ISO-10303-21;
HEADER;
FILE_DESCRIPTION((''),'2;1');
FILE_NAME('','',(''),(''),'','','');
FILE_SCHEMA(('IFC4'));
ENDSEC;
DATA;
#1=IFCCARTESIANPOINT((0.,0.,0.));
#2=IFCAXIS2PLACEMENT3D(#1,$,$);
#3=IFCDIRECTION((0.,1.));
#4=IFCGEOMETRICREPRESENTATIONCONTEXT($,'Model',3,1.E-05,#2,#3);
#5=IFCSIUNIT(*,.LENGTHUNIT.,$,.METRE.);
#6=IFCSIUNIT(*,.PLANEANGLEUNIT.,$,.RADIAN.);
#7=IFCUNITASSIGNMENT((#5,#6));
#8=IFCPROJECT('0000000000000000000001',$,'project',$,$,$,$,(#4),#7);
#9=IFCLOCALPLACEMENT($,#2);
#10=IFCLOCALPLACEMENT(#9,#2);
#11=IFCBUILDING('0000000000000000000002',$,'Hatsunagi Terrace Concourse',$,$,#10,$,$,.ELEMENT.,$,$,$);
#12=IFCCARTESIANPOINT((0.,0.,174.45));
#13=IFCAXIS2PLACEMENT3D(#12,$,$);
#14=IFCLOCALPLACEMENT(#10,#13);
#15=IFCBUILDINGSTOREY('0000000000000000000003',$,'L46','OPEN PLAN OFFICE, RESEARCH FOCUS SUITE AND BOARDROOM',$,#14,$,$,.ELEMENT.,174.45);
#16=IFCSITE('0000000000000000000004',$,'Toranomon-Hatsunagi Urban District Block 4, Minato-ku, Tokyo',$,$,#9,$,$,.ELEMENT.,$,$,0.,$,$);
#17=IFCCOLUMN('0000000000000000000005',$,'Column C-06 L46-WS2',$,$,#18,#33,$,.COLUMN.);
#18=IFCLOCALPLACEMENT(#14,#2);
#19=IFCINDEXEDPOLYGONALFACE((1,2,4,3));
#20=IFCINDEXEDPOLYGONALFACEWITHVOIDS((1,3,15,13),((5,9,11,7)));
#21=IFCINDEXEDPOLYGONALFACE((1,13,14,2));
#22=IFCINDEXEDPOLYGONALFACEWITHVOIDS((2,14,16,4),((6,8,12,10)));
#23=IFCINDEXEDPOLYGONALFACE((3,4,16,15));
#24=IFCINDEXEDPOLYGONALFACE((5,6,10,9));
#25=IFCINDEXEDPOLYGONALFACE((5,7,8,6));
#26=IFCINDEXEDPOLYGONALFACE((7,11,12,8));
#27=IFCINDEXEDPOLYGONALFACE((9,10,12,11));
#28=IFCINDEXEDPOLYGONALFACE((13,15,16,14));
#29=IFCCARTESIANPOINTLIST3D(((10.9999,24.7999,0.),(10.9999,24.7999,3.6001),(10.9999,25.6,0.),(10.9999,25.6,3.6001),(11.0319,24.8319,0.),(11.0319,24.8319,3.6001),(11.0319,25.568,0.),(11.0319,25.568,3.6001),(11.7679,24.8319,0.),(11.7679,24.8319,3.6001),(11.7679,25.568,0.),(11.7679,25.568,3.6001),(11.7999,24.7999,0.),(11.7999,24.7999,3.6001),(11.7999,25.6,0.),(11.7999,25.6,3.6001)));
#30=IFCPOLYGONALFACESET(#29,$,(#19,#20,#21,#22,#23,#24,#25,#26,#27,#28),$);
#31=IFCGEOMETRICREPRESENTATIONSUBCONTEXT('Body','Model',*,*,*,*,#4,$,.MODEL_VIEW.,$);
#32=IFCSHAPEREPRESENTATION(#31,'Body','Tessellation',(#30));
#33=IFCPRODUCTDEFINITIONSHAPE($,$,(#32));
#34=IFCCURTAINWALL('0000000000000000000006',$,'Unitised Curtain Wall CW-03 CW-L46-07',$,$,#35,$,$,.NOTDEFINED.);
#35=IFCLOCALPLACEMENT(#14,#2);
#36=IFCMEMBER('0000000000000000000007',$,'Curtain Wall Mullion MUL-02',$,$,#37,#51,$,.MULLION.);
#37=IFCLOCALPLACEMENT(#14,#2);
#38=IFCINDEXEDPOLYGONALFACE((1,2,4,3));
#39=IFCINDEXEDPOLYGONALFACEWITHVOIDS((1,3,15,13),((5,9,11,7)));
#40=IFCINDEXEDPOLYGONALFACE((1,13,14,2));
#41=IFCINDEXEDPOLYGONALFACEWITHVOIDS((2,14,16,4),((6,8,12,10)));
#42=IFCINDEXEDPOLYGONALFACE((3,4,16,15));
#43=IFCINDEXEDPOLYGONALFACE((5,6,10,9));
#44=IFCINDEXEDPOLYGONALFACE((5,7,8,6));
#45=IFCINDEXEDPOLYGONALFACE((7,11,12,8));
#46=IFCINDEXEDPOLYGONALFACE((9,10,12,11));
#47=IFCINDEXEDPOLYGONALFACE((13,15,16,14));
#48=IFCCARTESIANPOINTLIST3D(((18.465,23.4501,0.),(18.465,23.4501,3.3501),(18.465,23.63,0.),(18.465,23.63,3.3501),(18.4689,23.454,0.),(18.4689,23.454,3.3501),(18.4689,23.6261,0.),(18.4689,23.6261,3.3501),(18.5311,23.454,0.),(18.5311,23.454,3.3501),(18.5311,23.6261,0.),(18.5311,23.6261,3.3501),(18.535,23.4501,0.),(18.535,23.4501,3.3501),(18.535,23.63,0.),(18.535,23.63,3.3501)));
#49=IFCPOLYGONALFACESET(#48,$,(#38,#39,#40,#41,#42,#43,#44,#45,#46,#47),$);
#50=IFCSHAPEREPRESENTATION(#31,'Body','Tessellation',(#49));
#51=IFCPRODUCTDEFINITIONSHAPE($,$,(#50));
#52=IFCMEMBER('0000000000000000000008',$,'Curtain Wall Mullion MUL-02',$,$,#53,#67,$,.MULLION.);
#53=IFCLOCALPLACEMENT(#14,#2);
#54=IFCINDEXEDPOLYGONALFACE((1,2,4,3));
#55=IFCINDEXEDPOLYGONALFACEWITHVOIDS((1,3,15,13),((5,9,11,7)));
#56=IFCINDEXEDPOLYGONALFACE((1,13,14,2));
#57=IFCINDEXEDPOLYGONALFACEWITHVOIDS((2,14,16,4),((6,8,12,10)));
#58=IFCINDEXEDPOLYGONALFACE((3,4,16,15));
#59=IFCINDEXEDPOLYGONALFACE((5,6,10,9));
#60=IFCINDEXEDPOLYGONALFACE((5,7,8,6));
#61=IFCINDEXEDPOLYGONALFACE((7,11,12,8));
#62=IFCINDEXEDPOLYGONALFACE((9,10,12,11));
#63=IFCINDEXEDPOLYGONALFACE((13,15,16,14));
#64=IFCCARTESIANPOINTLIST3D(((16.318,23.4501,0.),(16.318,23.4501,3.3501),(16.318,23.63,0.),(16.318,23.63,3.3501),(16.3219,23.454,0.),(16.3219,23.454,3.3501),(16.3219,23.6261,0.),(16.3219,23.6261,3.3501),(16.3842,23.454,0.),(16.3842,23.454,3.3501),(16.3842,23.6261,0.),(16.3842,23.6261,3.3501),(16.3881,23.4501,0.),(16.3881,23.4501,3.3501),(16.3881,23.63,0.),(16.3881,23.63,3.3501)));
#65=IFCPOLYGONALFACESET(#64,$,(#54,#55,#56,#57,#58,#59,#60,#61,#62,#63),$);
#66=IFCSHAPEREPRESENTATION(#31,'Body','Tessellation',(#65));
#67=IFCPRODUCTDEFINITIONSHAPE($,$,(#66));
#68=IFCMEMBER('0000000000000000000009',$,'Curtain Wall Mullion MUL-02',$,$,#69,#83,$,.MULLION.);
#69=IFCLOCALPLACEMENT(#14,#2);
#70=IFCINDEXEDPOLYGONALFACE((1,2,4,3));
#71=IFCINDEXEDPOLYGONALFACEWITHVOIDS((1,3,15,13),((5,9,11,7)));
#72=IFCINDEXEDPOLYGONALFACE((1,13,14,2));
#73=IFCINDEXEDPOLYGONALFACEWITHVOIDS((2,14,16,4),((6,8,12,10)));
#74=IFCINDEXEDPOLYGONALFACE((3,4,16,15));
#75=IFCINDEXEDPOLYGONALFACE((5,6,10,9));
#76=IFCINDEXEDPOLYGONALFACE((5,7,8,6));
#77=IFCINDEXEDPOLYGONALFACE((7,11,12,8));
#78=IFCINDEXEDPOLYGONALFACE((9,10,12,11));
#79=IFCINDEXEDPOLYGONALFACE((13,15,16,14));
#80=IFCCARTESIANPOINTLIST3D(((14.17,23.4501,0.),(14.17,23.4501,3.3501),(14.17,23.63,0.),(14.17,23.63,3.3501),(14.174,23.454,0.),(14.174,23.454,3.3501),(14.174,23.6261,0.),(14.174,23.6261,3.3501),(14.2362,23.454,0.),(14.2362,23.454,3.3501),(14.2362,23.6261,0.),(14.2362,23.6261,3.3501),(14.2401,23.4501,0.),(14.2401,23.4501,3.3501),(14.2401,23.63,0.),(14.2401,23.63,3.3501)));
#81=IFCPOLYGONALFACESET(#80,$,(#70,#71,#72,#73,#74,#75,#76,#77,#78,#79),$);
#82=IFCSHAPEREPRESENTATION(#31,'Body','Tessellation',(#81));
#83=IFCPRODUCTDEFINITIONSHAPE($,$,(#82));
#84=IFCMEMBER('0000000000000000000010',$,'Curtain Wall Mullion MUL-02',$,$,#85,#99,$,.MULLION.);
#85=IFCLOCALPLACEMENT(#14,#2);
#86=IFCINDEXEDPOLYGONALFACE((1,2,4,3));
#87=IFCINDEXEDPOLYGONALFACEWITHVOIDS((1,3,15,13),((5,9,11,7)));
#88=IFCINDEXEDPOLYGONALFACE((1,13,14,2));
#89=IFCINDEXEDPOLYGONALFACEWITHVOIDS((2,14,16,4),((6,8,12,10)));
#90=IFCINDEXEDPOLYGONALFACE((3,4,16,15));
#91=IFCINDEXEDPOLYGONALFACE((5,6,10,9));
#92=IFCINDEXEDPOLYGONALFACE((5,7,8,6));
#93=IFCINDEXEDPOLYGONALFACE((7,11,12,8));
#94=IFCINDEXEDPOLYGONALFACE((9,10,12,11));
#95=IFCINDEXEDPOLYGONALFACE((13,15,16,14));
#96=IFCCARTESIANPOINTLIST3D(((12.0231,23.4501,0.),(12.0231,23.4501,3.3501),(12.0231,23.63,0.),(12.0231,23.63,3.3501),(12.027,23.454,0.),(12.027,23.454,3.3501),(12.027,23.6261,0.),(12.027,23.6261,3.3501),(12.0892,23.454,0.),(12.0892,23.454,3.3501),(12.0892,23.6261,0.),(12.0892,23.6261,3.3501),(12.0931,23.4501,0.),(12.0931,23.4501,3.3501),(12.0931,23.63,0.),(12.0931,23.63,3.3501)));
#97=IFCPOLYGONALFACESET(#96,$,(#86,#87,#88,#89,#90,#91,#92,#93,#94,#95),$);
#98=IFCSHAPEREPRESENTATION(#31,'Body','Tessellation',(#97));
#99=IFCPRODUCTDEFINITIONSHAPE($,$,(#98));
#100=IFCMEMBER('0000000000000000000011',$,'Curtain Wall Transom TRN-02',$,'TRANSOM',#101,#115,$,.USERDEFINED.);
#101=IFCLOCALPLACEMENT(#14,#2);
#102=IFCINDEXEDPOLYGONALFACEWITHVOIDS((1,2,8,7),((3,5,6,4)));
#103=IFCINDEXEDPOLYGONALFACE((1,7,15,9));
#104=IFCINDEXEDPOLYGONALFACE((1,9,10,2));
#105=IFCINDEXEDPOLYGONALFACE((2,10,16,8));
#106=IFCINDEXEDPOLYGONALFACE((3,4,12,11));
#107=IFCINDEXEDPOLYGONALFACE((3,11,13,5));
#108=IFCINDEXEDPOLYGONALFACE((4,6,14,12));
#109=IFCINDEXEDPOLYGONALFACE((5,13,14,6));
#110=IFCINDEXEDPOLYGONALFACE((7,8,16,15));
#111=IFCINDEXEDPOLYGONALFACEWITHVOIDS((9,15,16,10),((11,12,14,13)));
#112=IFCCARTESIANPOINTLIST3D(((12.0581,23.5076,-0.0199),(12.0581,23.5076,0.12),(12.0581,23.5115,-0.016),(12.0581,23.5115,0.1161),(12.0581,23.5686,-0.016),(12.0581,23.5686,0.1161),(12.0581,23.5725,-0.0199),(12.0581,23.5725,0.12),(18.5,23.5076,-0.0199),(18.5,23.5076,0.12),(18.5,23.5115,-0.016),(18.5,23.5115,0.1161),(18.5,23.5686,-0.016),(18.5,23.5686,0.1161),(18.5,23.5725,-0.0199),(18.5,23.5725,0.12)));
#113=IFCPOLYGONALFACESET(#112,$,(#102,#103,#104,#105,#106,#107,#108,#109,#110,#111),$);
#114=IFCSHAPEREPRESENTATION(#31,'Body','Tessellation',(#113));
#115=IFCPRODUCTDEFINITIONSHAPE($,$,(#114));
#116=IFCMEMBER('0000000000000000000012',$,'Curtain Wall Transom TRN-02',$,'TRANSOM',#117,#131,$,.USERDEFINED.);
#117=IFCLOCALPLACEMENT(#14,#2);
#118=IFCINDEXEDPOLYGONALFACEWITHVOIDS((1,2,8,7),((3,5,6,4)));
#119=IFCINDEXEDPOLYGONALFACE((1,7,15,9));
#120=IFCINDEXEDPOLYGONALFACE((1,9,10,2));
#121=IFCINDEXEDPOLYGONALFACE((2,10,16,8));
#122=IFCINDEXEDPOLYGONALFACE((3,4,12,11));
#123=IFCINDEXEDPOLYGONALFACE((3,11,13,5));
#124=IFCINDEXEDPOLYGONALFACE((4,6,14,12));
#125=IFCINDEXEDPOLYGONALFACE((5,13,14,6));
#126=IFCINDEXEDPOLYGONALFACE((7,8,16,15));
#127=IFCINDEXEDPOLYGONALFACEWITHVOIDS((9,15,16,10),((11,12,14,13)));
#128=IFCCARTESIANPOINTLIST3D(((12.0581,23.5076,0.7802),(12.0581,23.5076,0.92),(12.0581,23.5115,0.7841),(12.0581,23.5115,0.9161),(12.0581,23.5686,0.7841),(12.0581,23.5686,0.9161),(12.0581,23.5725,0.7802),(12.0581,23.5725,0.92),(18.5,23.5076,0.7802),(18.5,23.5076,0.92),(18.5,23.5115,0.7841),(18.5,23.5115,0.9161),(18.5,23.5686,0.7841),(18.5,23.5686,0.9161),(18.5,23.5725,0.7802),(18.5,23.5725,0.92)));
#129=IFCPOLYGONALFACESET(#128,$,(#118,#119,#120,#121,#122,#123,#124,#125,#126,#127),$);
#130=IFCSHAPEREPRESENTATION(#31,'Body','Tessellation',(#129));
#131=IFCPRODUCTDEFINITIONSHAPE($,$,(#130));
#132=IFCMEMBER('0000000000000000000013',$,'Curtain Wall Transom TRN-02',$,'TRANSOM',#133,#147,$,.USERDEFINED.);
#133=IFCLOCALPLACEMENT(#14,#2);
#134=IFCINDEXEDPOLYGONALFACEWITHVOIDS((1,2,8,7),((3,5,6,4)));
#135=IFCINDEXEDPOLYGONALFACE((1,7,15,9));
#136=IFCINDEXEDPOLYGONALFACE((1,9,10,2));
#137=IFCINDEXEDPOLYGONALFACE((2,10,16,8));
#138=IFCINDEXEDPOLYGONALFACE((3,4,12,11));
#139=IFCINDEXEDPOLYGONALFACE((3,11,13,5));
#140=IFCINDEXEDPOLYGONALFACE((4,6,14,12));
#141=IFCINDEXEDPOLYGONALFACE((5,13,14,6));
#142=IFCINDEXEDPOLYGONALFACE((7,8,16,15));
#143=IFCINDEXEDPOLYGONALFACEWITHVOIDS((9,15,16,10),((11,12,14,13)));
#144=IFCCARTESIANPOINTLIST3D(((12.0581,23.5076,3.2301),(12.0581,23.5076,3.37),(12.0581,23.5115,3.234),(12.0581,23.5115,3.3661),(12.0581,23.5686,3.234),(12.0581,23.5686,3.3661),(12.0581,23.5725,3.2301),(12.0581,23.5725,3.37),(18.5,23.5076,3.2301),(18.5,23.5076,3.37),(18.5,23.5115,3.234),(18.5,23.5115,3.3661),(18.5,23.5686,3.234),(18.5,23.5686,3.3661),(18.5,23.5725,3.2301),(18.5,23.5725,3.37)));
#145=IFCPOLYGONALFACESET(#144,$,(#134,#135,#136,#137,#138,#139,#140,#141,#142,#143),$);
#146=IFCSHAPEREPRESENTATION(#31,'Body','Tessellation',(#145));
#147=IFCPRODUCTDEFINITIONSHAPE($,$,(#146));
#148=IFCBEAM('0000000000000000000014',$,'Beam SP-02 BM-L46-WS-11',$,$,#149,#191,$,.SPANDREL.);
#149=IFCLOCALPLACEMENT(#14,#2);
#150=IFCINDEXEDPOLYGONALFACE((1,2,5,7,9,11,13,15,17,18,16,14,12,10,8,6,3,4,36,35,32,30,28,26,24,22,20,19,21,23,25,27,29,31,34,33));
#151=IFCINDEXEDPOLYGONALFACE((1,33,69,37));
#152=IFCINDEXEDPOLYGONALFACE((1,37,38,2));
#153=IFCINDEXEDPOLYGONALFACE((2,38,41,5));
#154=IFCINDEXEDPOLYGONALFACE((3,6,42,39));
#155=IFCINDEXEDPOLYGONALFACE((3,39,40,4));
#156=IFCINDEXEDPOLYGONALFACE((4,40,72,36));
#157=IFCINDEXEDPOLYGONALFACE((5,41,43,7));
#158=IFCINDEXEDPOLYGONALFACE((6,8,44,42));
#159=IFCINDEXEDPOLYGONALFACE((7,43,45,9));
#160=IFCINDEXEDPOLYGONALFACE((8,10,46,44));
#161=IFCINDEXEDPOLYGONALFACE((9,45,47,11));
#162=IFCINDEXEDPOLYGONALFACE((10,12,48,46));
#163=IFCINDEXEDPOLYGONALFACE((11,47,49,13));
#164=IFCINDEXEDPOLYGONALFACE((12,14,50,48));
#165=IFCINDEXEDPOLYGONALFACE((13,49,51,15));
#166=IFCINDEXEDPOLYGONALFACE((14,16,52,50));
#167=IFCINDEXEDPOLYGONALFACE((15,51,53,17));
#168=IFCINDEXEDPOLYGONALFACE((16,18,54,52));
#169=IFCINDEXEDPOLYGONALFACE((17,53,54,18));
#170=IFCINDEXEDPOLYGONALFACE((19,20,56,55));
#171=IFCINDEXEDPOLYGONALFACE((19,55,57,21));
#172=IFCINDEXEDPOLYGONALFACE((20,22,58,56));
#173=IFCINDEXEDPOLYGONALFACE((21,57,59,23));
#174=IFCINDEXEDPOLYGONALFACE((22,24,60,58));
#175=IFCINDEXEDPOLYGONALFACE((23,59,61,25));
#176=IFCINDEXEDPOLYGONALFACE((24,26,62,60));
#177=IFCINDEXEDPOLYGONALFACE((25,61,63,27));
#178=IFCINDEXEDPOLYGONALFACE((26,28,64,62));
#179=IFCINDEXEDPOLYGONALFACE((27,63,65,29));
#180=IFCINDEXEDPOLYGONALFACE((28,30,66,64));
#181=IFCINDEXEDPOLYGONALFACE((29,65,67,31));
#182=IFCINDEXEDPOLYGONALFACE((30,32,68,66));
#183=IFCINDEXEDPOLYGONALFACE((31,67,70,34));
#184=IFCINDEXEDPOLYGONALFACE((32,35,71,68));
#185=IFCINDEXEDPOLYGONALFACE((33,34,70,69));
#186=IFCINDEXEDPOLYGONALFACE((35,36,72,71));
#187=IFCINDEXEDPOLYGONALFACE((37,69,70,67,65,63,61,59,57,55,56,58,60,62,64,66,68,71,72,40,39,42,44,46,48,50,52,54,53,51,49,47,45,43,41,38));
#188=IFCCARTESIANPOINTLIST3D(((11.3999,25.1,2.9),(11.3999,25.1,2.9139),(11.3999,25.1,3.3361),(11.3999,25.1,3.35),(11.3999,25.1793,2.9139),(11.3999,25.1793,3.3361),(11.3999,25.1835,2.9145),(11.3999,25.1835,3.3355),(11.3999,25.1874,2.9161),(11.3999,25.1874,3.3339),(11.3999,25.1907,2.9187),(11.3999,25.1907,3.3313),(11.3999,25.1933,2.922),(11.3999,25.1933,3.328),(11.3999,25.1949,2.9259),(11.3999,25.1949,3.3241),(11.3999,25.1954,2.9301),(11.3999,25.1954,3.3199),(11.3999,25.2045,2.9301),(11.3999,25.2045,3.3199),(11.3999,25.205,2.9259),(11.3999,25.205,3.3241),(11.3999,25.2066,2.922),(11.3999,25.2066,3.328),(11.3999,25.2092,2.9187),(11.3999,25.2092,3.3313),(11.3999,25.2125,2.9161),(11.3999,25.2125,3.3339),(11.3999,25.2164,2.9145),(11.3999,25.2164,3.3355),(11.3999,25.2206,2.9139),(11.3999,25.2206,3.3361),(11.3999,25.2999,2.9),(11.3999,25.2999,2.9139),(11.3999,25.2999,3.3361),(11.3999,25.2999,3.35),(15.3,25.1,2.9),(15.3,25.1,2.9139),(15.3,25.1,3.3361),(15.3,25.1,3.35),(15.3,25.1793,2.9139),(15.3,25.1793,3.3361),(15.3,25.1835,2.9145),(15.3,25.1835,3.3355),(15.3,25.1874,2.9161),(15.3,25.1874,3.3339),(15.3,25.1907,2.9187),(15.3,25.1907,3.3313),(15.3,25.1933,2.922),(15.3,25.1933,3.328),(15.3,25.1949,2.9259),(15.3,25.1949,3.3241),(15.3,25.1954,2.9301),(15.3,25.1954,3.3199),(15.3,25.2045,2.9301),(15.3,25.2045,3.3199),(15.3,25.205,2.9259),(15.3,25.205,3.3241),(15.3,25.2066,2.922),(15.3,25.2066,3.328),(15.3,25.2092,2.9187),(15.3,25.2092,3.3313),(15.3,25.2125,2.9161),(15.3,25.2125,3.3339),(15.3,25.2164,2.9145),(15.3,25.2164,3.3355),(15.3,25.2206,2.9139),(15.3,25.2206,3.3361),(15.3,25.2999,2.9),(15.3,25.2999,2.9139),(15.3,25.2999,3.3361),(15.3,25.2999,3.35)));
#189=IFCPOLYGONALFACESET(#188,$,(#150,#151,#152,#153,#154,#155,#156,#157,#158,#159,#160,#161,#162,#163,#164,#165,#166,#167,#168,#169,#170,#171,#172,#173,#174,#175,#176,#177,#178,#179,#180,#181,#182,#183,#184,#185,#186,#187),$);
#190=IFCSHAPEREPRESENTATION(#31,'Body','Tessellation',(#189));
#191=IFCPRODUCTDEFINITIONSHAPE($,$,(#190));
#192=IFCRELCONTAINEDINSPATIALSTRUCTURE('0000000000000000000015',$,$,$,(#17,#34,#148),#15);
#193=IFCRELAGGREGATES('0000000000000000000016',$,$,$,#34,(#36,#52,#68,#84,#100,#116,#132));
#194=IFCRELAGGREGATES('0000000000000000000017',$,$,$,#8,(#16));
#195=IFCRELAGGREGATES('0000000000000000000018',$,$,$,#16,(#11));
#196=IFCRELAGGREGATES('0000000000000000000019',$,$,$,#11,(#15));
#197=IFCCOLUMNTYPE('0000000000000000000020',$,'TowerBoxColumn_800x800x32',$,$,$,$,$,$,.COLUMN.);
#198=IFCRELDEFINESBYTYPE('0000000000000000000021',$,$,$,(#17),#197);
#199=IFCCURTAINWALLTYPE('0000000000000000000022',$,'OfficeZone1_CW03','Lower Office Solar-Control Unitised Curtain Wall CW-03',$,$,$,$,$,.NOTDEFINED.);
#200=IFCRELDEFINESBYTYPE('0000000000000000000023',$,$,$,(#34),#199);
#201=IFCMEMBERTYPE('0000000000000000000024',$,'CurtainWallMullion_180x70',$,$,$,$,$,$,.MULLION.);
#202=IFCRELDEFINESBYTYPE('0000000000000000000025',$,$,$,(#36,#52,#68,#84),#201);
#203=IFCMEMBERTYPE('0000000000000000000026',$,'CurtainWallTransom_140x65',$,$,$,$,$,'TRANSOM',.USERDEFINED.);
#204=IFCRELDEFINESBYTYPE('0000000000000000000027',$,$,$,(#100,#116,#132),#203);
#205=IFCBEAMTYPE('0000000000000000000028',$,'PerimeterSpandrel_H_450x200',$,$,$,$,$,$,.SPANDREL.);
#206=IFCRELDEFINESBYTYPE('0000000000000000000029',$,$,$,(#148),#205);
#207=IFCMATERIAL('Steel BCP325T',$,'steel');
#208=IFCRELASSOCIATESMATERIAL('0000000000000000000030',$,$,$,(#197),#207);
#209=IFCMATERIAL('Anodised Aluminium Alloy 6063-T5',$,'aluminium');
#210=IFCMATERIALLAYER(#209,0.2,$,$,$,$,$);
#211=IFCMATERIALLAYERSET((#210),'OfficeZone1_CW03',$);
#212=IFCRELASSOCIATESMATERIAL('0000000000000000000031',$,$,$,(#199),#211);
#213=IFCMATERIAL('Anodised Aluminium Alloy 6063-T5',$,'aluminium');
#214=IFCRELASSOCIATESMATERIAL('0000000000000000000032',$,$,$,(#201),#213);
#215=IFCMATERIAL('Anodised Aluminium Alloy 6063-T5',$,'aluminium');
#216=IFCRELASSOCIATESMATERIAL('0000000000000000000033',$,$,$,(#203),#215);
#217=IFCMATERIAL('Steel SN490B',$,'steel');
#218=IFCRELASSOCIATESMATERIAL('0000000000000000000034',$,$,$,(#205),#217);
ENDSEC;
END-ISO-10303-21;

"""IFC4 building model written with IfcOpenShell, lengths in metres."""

from ifc_helpers import new_model, si_unit, direction, frame, origin, origin_2d, place, context, subcontext, project, spatial, hollow_rectangle, i_section, extrude, material, layer, layer_set, material_profile, profile_set, type_object, element, aggregate, save


model = new_model("IFC4")

# Units and contexts
model_context = context("Model", 3, precision=1e-05, world=origin(), true_north=direction((0.0, 1.0)))
body_context = subcontext(model_context, "Body", "Model", "MODEL_VIEW")
ifc_project = project(units=[si_unit("LENGTHUNIT", "METRE"), si_unit("PLANEANGLEUNIT", "RADIAN")], contexts=[model_context])

# Site, building, storey
site_placement = place(None, origin())
site = spatial("IfcSite", under=ifc_project, at=site_placement, Name="Toranomon-Hatsunagi Urban District Block 4, Minato-ku, Tokyo", CompositionType="ELEMENT", RefElevation=0.0)
building_placement = place(site_placement, origin())
building = spatial("IfcBuilding", under=site, at=building_placement, Name="Hatsunagi Terrace Concourse", CompositionType="ELEMENT")
storey_placement = place(building_placement, frame((0.0, 0.0, 174.45)))
storey = spatial("IfcBuildingStorey", under=building, at=storey_placement, Name="L46", Description="OPEN PLAN OFFICE, RESEARCH FOCUS SUITE AND BOARDROOM", CompositionType="ELEMENT", Elevation=174.45)

# Column
ifc_material_1 = material(Name="Steel BCP325T", Category="steel")
ifc_material_profile_1 = material_profile(ifc_material_1, hollow_rectangle(XDim=0.8, YDim=0.8, WallThickness=0.032, at=origin_2d()), Name="BCP-800x800x32")
ifc_profile_set_1 = profile_set([ifc_material_profile_1], Name="Steel BCP325T")
column_type = type_object("IfcColumnType", Name="TowerBoxColumn_800x800x32", PredefinedType="COLUMN", material=ifc_profile_set_1)
column_placement = place(storey_placement, frame((11.3999, 25.2, 0.0), z_axis=(0.0, 0.0, 1.0), x_axis=(1.0, 0.0, 0.0)))
element("IfcColumn", 1, at=column_placement, inside=storey, type_object=column_type, Name="Column C-06 L46-WS2", PredefinedType="COLUMN", context=body_context, shape_type="SweptSolid", body=[
    extrude(hollow_rectangle(XDim=0.8, YDim=0.8, WallThickness=0.032, at=origin_2d()), origin(), (0.0, 0.0, 1.0), 3.6001),
])

# Curtain wall, members
ifc_material_2 = material(Name="Anodised Aluminium Alloy 6063-T5", Category="aluminium")
ifc_layer_1 = layer(ifc_material_2, 0.2)
ifc_layer_set_1 = layer_set([ifc_layer_1], Name="OfficeZone1_CW03")
curtain_wall_type = type_object("IfcCurtainWallType", Name="OfficeZone1_CW03", Description="Lower Office Solar-Control Unitised Curtain Wall CW-03", PredefinedType="NOTDEFINED", material=ifc_layer_set_1)
curtain_wall_placement = place(storey_placement, origin())
curtain_wall = element("IfcCurtainWall", 2, at=curtain_wall_placement, inside=storey, type_object=curtain_wall_type, Name="Unitised Curtain Wall CW-03 CW-L46-07", PredefinedType="NOTDEFINED")
ifc_material_3 = material(Name="Anodised Aluminium Alloy 6063-T5", Category="aluminium")
ifc_material_profile_2 = material_profile(ifc_material_3, hollow_rectangle(XDim=0.0701, YDim=0.1799, WallThickness=0.0039, at=origin_2d()), Name="ALU-MUL-180x70x4")
ifc_profile_set_2 = profile_set([ifc_material_profile_2], Name="Anodised Aluminium Alloy 6063-T5")
member_type_1 = type_object("IfcMemberType", Name="CurtainWallMullion_180x70", PredefinedType="MULLION", material=ifc_profile_set_2)
member_1_placement = place(storey_placement, frame((18.5, 23.54, 0.0), z_axis=(0.0, 0.0, 1.0), x_axis=(-1.0, 0.0, 0.0)))
member_1 = element("IfcMember", 3, at=member_1_placement, type_object=member_type_1, Name="Curtain Wall Mullion MUL-02", PredefinedType="MULLION", context=body_context, shape_type="SweptSolid", body=[
    extrude(hollow_rectangle(XDim=0.0701, YDim=0.1799, WallThickness=0.0039, at=origin_2d()), origin(), (0.0, 0.0, 1.0), 3.3501),
])
member_2_placement = place(storey_placement, frame((16.353, 23.54, 0.0), z_axis=(0.0, 0.0, 1.0), x_axis=(-1.0, 0.0, 0.0)))
member_2 = element("IfcMember", 4, at=member_2_placement, type_object=member_type_1, Name="Curtain Wall Mullion MUL-02", PredefinedType="MULLION", context=body_context, shape_type="SweptSolid", body=[
    extrude(hollow_rectangle(XDim=0.0701, YDim=0.1799, WallThickness=0.0039, at=origin_2d()), origin(), (0.0, 0.0, 1.0), 3.3501),
])
member_3_placement = place(storey_placement, frame((14.2051, 23.54, 0.0), z_axis=(0.0, 0.0, 1.0), x_axis=(-1.0, 0.0, 0.0)))
member_3 = element("IfcMember", 5, at=member_3_placement, type_object=member_type_1, Name="Curtain Wall Mullion MUL-02", PredefinedType="MULLION", context=body_context, shape_type="SweptSolid", body=[
    extrude(hollow_rectangle(XDim=0.0701, YDim=0.1799, WallThickness=0.0039, at=origin_2d()), origin(), (0.0, 0.0, 1.0), 3.3501),
])
member_4_placement = place(storey_placement, frame((12.0581, 23.54, 0.0), z_axis=(0.0, 0.0, 1.0), x_axis=(-1.0, 0.0, 0.0)))
member_4 = element("IfcMember", 6, at=member_4_placement, type_object=member_type_1, Name="Curtain Wall Mullion MUL-02", PredefinedType="MULLION", context=body_context, shape_type="SweptSolid", body=[
    extrude(hollow_rectangle(XDim=0.0701, YDim=0.1799, WallThickness=0.0039, at=origin_2d()), origin(), (0.0, 0.0, 1.0), 3.3501),
])
ifc_material_4 = material(Name="Anodised Aluminium Alloy 6063-T5", Category="aluminium")
ifc_material_profile_3 = material_profile(ifc_material_4, hollow_rectangle(XDim=0.0649, YDim=0.1399, WallThickness=0.0039, at=origin_2d()), Name="ALU-TRN-140x65x4")
ifc_profile_set_3 = profile_set([ifc_material_profile_3], Name="Anodised Aluminium Alloy 6063-T5")
member_type_2 = type_object("IfcMemberType", Name="CurtainWallTransom_140x65", ElementType="TRANSOM", PredefinedType="USERDEFINED", material=ifc_profile_set_3)
member_5_placement = place(storey_placement, frame((18.5, 23.54, 0.05), z_axis=(-1.0, 0.0, 0.0), x_axis=(0.0, -1.0, 0.0)))
member_5 = element("IfcMember", 7, at=member_5_placement, type_object=member_type_2, Name="Curtain Wall Transom TRN-02", ObjectType="TRANSOM", PredefinedType="USERDEFINED", context=body_context, shape_type="SweptSolid", body=[
    extrude(hollow_rectangle(XDim=0.0649, YDim=0.1399, WallThickness=0.0039, at=origin_2d()), origin(), (0.0, 0.0, 1.0), 6.4419),
])
member_6_placement = place(storey_placement, frame((18.5, 23.54, 0.8501), z_axis=(-1.0, 0.0, 0.0), x_axis=(0.0, -1.0, 0.0)))
member_6 = element("IfcMember", 8, at=member_6_placement, type_object=member_type_2, Name="Curtain Wall Transom TRN-02", ObjectType="TRANSOM", PredefinedType="USERDEFINED", context=body_context, shape_type="SweptSolid", body=[
    extrude(hollow_rectangle(XDim=0.0649, YDim=0.1399, WallThickness=0.0039, at=origin_2d()), origin(), (0.0, 0.0, 1.0), 6.4419),
])
member_7_placement = place(storey_placement, frame((18.5, 23.54, 3.3), z_axis=(-1.0, 0.0, 0.0), x_axis=(0.0, -1.0, 0.0)))
member_7 = element("IfcMember", 9, at=member_7_placement, type_object=member_type_2, Name="Curtain Wall Transom TRN-02", ObjectType="TRANSOM", PredefinedType="USERDEFINED", context=body_context, shape_type="SweptSolid", body=[
    extrude(hollow_rectangle(XDim=0.0649, YDim=0.1399, WallThickness=0.0039, at=origin_2d()), origin(), (0.0, 0.0, 1.0), 6.4419),
])

# Beam
ifc_material_5 = material(Name="Steel SN490B", Category="steel")
ifc_material_profile_4 = material_profile(ifc_material_5, i_section(OverallWidth=0.2, OverallDepth=0.45, WebThickness=0.009, FlangeThickness=0.0139, FilletRadius=0.0161, at=origin_2d()), Name="H-450x200x9x14")
ifc_profile_set_4 = profile_set([ifc_material_profile_4], Name="Steel SN490B")
beam_type = type_object("IfcBeamType", Name="PerimeterSpandrel_H_450x200", PredefinedType="SPANDREL", material=ifc_profile_set_4)
beam_1_placement = place(storey_placement, frame((11.3999, 25.2, 3.125), z_axis=(1.0, 0.0, 0.0), x_axis=(0.0, 1.0, 0.0)))
element("IfcBeam", 10, at=beam_1_placement, inside=storey, type_object=beam_type, Name="Beam SP-02 BM-L46-WS-11", PredefinedType="SPANDREL", context=body_context, shape_type="SweptSolid", body=[
    extrude(i_section(OverallWidth=0.2, OverallDepth=0.45, WebThickness=0.009, FlangeThickness=0.0139, FilletRadius=0.0161, at=origin_2d()), origin(), (0.0, 0.0, 1.0), 3.9001),
])

aggregate(curtain_wall, [member_1, member_2, member_3, member_4, member_5, member_6, member_7])

save(model, "model.ifc")
